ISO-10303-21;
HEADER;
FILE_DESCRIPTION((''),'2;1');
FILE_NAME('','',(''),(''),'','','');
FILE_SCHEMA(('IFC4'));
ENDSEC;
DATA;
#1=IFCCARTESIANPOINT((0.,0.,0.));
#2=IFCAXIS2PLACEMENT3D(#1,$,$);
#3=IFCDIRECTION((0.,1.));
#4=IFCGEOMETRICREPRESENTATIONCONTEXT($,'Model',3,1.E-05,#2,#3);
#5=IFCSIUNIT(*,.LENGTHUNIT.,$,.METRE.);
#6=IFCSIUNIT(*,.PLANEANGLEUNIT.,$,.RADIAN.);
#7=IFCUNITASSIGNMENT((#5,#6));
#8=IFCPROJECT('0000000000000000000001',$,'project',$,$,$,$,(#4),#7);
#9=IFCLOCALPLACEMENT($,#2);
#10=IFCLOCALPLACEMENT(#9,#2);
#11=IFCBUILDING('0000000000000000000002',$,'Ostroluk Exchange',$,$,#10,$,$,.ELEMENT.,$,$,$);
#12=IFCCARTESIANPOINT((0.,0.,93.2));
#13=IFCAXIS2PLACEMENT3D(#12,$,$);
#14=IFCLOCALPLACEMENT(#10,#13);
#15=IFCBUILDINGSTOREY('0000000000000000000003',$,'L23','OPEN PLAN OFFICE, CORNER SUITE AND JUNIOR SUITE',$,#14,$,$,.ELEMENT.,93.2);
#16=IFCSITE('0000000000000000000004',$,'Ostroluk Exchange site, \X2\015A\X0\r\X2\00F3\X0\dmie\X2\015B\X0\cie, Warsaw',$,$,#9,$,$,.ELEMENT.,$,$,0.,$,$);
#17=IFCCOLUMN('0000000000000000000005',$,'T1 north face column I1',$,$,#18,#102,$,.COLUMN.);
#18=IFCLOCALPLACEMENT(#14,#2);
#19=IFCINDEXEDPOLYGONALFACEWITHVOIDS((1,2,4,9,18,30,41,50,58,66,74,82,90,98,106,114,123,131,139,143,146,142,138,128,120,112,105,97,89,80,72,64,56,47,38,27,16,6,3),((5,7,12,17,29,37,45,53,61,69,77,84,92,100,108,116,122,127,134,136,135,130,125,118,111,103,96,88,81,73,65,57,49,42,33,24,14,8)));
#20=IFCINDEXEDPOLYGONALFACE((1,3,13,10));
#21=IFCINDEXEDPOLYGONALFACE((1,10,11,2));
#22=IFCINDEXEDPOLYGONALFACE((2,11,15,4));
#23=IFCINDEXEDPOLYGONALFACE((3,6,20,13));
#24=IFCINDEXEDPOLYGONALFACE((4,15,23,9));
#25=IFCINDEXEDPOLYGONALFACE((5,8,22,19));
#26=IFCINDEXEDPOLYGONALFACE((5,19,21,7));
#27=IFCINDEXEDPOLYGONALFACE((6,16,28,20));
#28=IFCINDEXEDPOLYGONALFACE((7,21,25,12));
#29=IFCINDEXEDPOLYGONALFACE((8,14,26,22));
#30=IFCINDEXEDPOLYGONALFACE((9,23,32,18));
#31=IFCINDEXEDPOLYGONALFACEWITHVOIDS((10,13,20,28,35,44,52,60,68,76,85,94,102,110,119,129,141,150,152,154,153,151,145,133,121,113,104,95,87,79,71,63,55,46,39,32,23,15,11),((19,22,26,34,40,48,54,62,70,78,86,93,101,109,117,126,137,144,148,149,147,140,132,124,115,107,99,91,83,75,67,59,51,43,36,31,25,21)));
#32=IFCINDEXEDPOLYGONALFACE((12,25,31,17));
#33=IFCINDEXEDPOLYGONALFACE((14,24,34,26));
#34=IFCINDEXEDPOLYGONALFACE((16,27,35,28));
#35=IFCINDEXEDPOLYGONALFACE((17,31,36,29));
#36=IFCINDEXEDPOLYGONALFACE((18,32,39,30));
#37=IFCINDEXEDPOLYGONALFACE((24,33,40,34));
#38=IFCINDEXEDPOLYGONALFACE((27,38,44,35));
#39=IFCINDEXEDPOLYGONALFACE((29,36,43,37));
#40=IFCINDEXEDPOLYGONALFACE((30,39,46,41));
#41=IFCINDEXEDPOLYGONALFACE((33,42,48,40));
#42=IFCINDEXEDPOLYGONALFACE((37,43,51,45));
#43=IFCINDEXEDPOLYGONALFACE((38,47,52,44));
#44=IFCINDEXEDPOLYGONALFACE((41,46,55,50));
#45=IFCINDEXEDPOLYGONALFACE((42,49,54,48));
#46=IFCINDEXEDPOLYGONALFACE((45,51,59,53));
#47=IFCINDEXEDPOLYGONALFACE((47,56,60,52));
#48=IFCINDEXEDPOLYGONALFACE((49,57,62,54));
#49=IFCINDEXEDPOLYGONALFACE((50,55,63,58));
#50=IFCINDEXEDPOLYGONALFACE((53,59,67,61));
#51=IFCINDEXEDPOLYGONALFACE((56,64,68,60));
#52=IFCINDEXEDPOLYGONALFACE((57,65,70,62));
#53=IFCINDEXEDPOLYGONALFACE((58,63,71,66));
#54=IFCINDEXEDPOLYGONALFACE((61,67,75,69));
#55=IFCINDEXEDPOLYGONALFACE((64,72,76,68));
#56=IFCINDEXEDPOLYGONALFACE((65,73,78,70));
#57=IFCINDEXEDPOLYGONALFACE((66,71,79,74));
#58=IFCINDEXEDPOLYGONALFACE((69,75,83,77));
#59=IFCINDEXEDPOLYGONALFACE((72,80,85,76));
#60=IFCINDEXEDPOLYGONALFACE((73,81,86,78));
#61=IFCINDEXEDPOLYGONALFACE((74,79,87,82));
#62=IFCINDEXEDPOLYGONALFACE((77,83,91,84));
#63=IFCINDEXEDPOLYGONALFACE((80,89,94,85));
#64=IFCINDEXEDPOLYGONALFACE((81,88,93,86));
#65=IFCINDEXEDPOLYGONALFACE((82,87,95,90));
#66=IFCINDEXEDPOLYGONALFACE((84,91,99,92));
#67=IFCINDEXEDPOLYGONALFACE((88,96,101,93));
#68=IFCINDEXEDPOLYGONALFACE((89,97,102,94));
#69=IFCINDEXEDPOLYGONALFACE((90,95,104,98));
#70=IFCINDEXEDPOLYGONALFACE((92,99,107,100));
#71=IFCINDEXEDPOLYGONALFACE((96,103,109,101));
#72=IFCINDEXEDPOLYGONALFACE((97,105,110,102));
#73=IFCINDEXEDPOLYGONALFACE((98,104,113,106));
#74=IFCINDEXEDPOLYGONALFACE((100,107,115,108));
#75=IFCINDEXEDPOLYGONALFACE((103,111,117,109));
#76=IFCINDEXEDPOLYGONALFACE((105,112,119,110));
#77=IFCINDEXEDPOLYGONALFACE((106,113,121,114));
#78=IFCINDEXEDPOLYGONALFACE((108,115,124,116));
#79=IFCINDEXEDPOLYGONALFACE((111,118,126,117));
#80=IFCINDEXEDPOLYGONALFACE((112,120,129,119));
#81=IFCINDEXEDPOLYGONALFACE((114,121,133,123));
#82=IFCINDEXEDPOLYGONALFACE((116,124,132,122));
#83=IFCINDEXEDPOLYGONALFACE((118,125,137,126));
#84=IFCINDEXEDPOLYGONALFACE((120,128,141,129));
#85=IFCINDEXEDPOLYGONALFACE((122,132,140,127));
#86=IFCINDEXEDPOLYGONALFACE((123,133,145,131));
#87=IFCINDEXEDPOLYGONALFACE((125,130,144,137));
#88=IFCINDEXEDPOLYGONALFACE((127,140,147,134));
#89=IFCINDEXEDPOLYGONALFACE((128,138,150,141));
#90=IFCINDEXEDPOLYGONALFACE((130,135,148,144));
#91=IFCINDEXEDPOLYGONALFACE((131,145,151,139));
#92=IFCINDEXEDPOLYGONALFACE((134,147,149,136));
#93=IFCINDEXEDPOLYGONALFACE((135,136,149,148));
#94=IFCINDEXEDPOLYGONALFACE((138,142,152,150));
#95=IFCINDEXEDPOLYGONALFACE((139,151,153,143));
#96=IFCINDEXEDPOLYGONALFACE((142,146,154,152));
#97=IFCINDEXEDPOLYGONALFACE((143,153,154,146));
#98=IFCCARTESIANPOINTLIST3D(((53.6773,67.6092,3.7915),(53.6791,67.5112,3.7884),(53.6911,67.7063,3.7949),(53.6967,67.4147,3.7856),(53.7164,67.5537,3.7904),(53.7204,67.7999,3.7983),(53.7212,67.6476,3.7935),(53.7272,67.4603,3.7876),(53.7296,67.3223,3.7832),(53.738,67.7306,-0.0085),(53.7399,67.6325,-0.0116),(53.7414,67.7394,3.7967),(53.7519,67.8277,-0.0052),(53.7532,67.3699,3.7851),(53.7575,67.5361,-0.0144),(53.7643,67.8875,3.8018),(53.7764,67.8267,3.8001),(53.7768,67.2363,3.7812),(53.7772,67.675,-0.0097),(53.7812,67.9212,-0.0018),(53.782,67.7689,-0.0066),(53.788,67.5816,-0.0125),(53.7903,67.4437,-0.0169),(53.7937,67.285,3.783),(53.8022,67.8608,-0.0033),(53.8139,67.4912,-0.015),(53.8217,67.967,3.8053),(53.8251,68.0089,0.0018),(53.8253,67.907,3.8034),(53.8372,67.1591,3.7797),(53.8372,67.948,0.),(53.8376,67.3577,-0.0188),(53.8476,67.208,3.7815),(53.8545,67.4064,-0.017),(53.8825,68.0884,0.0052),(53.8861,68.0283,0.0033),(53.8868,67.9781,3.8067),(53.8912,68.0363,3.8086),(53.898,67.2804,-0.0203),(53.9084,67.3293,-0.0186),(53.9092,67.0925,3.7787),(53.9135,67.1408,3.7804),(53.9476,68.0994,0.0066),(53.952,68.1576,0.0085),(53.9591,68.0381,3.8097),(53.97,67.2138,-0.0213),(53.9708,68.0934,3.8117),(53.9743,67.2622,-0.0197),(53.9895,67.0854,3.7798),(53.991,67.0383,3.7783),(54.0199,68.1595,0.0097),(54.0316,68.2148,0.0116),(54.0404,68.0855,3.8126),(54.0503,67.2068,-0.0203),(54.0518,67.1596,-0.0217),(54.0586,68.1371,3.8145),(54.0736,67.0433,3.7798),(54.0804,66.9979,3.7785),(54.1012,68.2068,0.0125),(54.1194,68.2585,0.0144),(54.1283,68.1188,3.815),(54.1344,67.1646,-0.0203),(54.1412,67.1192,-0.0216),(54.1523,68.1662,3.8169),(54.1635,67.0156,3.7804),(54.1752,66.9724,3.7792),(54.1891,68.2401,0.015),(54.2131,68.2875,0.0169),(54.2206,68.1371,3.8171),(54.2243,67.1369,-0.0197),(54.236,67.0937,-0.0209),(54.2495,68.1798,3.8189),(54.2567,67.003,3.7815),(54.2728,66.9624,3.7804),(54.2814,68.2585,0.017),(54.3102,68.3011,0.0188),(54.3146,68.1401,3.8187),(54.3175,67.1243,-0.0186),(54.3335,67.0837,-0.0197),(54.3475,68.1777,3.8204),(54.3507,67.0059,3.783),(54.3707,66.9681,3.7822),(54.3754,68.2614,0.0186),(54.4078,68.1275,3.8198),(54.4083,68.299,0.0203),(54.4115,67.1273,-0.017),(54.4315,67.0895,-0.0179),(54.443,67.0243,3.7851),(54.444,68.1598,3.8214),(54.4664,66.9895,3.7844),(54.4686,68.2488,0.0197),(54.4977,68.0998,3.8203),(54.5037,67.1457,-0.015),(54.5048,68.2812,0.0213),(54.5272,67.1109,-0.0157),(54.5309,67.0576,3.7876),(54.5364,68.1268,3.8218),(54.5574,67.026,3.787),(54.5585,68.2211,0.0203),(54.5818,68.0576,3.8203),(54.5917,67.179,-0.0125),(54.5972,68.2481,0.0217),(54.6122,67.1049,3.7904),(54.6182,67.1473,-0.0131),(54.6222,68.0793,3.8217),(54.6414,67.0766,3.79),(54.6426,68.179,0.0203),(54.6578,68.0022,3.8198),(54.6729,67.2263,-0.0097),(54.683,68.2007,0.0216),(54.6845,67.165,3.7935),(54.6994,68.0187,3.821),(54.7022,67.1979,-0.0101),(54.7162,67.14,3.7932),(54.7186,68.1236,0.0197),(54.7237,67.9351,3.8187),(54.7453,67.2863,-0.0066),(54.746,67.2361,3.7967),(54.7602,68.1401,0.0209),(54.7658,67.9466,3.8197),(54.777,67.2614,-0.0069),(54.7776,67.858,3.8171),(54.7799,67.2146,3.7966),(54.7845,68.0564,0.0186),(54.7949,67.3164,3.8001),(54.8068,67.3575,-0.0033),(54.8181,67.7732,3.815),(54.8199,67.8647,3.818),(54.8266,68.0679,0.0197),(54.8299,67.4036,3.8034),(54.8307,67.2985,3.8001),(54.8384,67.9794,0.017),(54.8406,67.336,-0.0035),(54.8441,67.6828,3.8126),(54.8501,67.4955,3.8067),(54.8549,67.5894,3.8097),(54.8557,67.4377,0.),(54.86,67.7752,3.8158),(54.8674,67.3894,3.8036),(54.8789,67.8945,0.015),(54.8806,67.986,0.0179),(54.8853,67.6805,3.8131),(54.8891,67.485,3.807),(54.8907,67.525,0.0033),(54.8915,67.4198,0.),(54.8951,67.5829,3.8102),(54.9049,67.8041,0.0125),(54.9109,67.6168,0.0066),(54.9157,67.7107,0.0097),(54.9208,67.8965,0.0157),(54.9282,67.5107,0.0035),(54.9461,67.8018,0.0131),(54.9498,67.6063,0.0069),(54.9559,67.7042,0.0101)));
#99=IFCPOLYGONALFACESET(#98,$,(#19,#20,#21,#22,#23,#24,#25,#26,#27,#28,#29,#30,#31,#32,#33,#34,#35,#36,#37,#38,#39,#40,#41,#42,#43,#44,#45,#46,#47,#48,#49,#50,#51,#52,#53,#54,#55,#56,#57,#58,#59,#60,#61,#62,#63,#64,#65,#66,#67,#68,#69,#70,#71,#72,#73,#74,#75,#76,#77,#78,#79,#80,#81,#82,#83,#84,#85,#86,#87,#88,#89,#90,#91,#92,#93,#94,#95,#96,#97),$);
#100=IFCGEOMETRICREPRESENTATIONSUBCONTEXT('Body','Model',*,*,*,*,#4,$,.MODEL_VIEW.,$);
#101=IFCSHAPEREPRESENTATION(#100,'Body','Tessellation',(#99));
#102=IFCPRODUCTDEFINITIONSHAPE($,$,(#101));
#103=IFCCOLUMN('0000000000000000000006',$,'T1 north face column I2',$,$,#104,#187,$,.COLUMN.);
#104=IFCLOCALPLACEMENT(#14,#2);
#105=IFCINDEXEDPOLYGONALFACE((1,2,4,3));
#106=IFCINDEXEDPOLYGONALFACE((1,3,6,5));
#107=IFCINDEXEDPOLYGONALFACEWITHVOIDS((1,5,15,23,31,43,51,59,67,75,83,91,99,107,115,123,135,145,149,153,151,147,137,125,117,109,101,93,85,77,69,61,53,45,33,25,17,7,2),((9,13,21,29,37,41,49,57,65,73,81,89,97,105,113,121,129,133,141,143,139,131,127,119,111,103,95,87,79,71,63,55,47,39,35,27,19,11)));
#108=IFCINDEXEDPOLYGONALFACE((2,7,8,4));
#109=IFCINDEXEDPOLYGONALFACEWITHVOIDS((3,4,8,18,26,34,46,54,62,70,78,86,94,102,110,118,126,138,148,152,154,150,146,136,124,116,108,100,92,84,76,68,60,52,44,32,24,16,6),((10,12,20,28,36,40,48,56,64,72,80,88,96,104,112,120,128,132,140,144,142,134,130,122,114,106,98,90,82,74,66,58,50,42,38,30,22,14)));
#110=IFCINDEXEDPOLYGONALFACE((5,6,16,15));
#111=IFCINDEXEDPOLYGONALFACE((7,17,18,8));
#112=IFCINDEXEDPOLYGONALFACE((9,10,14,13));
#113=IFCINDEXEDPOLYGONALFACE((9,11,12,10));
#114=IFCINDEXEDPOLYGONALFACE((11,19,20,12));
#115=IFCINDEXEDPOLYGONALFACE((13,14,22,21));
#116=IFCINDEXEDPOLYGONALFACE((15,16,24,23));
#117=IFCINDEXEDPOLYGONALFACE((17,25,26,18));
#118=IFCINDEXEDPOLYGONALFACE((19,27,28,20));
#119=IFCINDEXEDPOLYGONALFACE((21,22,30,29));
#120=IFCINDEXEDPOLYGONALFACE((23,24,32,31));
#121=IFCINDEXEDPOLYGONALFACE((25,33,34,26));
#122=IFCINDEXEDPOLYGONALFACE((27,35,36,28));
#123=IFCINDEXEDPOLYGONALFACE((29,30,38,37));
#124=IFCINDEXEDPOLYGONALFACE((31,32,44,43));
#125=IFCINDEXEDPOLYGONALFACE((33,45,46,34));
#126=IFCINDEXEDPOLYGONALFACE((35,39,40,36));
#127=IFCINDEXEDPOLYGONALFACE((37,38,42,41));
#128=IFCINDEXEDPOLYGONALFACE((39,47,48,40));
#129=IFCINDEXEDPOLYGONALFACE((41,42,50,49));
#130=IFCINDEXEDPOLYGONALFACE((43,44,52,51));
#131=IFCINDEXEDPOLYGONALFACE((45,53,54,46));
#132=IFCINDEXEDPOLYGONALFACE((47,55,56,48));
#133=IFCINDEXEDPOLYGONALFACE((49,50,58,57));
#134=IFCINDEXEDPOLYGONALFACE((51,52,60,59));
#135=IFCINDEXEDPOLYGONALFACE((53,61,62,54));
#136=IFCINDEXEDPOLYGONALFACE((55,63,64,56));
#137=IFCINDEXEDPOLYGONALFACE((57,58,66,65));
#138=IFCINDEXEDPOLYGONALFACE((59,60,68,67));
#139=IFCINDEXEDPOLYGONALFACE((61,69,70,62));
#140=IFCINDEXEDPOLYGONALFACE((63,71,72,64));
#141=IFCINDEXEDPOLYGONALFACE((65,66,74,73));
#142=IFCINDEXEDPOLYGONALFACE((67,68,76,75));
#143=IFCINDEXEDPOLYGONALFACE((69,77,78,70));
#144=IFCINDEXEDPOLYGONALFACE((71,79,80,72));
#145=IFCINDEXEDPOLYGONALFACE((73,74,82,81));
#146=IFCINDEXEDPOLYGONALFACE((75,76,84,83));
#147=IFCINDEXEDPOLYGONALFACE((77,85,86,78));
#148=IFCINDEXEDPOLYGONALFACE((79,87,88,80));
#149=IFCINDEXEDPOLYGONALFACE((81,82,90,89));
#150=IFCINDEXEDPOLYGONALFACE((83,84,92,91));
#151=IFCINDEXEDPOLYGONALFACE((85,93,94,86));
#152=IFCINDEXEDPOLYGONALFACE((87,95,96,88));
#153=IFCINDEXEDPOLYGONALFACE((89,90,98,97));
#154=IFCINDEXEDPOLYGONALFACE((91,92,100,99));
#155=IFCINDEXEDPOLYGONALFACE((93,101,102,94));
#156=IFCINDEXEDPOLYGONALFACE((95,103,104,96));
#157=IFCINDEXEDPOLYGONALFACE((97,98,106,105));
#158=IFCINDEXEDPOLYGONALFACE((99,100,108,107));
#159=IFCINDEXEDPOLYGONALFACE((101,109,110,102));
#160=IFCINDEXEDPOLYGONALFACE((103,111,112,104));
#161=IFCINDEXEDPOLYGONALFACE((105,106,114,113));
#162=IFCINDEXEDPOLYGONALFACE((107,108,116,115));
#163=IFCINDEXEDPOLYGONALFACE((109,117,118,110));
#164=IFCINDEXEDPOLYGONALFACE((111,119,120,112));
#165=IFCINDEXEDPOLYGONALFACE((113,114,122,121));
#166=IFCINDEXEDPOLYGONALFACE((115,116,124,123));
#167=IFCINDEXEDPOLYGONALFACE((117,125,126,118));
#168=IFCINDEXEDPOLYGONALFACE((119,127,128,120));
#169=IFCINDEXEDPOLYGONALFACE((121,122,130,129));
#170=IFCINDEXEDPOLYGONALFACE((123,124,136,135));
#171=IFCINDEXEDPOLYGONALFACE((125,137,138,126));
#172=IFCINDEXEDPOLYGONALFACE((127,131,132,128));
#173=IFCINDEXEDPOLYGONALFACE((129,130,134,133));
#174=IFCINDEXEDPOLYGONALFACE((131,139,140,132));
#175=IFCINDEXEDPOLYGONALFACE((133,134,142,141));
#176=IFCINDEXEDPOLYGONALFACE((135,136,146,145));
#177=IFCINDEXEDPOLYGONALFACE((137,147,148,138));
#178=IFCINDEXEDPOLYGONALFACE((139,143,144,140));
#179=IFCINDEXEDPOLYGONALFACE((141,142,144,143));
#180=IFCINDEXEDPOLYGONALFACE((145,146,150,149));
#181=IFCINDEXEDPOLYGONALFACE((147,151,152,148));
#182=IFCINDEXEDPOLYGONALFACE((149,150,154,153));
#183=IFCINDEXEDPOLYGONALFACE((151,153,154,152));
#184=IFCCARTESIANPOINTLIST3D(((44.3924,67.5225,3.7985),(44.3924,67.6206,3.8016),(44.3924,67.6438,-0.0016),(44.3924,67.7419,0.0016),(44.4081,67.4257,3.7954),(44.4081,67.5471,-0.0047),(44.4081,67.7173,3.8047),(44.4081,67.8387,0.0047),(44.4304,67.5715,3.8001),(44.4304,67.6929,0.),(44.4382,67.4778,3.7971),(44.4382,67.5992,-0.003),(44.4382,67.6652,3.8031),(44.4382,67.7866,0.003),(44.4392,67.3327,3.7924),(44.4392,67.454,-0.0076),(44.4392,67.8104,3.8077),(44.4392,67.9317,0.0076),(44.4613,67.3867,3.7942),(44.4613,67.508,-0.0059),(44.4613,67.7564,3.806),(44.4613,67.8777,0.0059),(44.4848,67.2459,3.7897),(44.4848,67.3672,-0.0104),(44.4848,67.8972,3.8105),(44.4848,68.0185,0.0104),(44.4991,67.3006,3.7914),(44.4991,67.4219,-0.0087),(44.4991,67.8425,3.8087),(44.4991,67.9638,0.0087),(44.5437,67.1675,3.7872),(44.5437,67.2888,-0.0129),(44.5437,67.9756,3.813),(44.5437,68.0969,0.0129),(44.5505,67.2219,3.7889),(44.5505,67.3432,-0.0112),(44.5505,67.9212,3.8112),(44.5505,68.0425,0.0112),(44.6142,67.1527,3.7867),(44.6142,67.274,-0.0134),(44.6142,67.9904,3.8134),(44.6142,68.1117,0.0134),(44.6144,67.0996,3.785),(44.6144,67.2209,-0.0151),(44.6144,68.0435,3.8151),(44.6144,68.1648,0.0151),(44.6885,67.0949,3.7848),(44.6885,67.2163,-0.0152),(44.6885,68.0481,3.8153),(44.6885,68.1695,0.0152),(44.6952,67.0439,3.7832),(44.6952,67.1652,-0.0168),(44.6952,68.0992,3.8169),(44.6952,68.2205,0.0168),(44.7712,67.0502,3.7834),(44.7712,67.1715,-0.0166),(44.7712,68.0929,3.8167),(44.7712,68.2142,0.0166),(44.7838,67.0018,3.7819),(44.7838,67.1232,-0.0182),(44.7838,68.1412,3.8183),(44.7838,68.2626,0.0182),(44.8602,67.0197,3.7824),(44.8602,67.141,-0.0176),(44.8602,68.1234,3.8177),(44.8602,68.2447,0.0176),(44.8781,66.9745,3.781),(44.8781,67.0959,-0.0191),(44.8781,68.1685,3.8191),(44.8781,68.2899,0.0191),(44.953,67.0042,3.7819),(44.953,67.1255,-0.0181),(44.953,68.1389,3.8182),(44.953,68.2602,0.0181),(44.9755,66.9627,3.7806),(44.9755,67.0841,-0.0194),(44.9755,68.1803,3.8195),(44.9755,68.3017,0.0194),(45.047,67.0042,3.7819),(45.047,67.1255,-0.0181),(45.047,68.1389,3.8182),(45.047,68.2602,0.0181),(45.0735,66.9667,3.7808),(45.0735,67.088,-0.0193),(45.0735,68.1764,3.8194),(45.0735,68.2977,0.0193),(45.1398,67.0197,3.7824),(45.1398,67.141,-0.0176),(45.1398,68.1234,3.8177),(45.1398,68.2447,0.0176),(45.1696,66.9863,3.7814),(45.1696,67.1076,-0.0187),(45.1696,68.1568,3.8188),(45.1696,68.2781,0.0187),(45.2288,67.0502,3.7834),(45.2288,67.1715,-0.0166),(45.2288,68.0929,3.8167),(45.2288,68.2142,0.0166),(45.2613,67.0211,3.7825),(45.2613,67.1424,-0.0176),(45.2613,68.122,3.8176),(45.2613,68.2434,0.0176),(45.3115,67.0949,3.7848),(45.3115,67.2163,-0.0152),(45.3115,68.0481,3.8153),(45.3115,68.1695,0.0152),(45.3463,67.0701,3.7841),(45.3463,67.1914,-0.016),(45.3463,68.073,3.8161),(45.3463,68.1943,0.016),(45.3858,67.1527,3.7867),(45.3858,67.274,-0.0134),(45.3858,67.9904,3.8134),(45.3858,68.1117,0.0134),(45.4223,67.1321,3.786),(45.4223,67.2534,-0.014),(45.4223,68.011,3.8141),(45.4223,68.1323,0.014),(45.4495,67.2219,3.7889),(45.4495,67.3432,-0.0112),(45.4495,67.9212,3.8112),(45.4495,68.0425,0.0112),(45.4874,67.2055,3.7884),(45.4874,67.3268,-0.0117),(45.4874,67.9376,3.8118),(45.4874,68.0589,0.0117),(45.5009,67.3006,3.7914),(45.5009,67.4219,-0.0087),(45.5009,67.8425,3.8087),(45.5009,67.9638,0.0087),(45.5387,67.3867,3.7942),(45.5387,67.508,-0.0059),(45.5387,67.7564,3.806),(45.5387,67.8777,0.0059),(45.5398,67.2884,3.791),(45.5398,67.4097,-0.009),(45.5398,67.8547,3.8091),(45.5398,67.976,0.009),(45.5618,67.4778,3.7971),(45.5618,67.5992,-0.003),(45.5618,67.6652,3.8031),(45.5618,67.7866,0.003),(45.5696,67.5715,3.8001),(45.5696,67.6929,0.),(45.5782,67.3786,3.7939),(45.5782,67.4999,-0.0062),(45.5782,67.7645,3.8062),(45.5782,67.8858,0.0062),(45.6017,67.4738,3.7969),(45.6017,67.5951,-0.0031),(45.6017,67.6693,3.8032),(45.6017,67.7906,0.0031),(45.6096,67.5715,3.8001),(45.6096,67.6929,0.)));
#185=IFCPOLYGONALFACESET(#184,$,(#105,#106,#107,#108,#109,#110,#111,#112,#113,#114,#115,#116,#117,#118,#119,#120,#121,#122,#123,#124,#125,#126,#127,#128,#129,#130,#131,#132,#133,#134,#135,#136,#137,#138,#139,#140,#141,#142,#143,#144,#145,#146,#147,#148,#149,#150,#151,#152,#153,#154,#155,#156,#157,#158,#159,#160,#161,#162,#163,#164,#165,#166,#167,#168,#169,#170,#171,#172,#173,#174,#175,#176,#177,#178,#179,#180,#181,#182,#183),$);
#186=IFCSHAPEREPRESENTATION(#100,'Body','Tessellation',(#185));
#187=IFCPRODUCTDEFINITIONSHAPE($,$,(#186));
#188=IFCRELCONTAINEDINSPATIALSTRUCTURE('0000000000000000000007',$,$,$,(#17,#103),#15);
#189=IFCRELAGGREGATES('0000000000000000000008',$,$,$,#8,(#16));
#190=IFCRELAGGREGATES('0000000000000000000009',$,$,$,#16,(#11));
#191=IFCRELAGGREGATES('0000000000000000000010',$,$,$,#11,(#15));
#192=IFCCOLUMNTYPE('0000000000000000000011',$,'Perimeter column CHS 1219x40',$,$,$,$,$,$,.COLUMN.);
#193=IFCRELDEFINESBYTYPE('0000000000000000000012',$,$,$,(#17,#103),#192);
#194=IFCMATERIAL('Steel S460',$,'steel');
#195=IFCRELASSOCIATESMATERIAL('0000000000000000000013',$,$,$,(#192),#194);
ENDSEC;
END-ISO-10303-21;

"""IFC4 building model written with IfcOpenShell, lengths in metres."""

from ifc_helpers import new_model, si_unit, direction, frame, origin, origin_2d, place, context, subcontext, project, spatial, hollow_circle, extrude, material, material_profile, profile_set, type_object, element, save


model = new_model("IFC4")

# Units and contexts
model_context = context("Model", 3, precision=1e-05, world=origin(), true_north=direction((0.0, 1.0)))
body_context = subcontext(model_context, "Body", "Model", "MODEL_VIEW")
ifc_project = project(units=[si_unit("LENGTHUNIT", "METRE"), si_unit("PLANEANGLEUNIT", "RADIAN")], contexts=[model_context])

# Site, building, storey
site_placement = place(None, origin())
site = spatial("IfcSite", under=ifc_project, at=site_placement, Name="Ostroluk Exchange site, Śródmieście, Warsaw", CompositionType="ELEMENT", RefElevation=0.0)
building_placement = place(site_placement, origin())
building = spatial("IfcBuilding", under=site, at=building_placement, Name="Ostroluk Exchange", CompositionType="ELEMENT")
storey_placement = place(building_placement, frame((0.0, 0.0, 93.2)))
storey = spatial("IfcBuildingStorey", under=building, at=storey_placement, Name="L23", Description="OPEN PLAN OFFICE, CORNER SUITE AND JUNIOR SUITE", CompositionType="ELEMENT", Elevation=93.2)

# Columns
ifc_material_1 = material(Name="Steel S460", Category="steel")
ifc_material_profile_1 = material_profile(ifc_material_1, hollow_circle(Radius=0.6096, WallThickness=0.04, at=origin_2d()), Name="CHS 1219x40")
ifc_profile_set_1 = profile_set([ifc_material_profile_1], Name="Steel S460")
column_type = type_object("IfcColumnType", Name="Perimeter column CHS 1219x40", PredefinedType="COLUMN", material=ifc_profile_set_1)
column_1_placement = place(storey_placement, frame((54.3464, 67.6929, 0.0), z_axis=(-0.015987, -0.03191, 0.999363), x_axis=(0.894067, -0.447933, 0.0)))
element("IfcColumn", 1, at=column_1_placement, inside=storey, type_object=column_type, Name="T1 north face column I1", PredefinedType="COLUMN", context=body_context, shape_type="SweptSolid", body=[
    extrude(hollow_circle(Radius=0.6096, WallThickness=0.04, at=origin_2d()), origin(), (0.0, 0.0, 1.0), 3.8025),
])
column_2_placement = place(storey_placement, frame((45.0, 67.6929, 0.0), z_axis=(0.0, -0.031914, 0.999491), x_axis=(1.0, 0.0, 0.0)))
element("IfcColumn", 2, at=column_2_placement, inside=storey, type_object=column_type, Name="T1 north face column I2", PredefinedType="COLUMN", context=body_context, shape_type="SweptSolid", body=[
    extrude(hollow_circle(Radius=0.6096, WallThickness=0.04, at=origin_2d()), origin(), (0.0, 0.0, 1.0), 3.802),
])

save(model, "model.ifc")
